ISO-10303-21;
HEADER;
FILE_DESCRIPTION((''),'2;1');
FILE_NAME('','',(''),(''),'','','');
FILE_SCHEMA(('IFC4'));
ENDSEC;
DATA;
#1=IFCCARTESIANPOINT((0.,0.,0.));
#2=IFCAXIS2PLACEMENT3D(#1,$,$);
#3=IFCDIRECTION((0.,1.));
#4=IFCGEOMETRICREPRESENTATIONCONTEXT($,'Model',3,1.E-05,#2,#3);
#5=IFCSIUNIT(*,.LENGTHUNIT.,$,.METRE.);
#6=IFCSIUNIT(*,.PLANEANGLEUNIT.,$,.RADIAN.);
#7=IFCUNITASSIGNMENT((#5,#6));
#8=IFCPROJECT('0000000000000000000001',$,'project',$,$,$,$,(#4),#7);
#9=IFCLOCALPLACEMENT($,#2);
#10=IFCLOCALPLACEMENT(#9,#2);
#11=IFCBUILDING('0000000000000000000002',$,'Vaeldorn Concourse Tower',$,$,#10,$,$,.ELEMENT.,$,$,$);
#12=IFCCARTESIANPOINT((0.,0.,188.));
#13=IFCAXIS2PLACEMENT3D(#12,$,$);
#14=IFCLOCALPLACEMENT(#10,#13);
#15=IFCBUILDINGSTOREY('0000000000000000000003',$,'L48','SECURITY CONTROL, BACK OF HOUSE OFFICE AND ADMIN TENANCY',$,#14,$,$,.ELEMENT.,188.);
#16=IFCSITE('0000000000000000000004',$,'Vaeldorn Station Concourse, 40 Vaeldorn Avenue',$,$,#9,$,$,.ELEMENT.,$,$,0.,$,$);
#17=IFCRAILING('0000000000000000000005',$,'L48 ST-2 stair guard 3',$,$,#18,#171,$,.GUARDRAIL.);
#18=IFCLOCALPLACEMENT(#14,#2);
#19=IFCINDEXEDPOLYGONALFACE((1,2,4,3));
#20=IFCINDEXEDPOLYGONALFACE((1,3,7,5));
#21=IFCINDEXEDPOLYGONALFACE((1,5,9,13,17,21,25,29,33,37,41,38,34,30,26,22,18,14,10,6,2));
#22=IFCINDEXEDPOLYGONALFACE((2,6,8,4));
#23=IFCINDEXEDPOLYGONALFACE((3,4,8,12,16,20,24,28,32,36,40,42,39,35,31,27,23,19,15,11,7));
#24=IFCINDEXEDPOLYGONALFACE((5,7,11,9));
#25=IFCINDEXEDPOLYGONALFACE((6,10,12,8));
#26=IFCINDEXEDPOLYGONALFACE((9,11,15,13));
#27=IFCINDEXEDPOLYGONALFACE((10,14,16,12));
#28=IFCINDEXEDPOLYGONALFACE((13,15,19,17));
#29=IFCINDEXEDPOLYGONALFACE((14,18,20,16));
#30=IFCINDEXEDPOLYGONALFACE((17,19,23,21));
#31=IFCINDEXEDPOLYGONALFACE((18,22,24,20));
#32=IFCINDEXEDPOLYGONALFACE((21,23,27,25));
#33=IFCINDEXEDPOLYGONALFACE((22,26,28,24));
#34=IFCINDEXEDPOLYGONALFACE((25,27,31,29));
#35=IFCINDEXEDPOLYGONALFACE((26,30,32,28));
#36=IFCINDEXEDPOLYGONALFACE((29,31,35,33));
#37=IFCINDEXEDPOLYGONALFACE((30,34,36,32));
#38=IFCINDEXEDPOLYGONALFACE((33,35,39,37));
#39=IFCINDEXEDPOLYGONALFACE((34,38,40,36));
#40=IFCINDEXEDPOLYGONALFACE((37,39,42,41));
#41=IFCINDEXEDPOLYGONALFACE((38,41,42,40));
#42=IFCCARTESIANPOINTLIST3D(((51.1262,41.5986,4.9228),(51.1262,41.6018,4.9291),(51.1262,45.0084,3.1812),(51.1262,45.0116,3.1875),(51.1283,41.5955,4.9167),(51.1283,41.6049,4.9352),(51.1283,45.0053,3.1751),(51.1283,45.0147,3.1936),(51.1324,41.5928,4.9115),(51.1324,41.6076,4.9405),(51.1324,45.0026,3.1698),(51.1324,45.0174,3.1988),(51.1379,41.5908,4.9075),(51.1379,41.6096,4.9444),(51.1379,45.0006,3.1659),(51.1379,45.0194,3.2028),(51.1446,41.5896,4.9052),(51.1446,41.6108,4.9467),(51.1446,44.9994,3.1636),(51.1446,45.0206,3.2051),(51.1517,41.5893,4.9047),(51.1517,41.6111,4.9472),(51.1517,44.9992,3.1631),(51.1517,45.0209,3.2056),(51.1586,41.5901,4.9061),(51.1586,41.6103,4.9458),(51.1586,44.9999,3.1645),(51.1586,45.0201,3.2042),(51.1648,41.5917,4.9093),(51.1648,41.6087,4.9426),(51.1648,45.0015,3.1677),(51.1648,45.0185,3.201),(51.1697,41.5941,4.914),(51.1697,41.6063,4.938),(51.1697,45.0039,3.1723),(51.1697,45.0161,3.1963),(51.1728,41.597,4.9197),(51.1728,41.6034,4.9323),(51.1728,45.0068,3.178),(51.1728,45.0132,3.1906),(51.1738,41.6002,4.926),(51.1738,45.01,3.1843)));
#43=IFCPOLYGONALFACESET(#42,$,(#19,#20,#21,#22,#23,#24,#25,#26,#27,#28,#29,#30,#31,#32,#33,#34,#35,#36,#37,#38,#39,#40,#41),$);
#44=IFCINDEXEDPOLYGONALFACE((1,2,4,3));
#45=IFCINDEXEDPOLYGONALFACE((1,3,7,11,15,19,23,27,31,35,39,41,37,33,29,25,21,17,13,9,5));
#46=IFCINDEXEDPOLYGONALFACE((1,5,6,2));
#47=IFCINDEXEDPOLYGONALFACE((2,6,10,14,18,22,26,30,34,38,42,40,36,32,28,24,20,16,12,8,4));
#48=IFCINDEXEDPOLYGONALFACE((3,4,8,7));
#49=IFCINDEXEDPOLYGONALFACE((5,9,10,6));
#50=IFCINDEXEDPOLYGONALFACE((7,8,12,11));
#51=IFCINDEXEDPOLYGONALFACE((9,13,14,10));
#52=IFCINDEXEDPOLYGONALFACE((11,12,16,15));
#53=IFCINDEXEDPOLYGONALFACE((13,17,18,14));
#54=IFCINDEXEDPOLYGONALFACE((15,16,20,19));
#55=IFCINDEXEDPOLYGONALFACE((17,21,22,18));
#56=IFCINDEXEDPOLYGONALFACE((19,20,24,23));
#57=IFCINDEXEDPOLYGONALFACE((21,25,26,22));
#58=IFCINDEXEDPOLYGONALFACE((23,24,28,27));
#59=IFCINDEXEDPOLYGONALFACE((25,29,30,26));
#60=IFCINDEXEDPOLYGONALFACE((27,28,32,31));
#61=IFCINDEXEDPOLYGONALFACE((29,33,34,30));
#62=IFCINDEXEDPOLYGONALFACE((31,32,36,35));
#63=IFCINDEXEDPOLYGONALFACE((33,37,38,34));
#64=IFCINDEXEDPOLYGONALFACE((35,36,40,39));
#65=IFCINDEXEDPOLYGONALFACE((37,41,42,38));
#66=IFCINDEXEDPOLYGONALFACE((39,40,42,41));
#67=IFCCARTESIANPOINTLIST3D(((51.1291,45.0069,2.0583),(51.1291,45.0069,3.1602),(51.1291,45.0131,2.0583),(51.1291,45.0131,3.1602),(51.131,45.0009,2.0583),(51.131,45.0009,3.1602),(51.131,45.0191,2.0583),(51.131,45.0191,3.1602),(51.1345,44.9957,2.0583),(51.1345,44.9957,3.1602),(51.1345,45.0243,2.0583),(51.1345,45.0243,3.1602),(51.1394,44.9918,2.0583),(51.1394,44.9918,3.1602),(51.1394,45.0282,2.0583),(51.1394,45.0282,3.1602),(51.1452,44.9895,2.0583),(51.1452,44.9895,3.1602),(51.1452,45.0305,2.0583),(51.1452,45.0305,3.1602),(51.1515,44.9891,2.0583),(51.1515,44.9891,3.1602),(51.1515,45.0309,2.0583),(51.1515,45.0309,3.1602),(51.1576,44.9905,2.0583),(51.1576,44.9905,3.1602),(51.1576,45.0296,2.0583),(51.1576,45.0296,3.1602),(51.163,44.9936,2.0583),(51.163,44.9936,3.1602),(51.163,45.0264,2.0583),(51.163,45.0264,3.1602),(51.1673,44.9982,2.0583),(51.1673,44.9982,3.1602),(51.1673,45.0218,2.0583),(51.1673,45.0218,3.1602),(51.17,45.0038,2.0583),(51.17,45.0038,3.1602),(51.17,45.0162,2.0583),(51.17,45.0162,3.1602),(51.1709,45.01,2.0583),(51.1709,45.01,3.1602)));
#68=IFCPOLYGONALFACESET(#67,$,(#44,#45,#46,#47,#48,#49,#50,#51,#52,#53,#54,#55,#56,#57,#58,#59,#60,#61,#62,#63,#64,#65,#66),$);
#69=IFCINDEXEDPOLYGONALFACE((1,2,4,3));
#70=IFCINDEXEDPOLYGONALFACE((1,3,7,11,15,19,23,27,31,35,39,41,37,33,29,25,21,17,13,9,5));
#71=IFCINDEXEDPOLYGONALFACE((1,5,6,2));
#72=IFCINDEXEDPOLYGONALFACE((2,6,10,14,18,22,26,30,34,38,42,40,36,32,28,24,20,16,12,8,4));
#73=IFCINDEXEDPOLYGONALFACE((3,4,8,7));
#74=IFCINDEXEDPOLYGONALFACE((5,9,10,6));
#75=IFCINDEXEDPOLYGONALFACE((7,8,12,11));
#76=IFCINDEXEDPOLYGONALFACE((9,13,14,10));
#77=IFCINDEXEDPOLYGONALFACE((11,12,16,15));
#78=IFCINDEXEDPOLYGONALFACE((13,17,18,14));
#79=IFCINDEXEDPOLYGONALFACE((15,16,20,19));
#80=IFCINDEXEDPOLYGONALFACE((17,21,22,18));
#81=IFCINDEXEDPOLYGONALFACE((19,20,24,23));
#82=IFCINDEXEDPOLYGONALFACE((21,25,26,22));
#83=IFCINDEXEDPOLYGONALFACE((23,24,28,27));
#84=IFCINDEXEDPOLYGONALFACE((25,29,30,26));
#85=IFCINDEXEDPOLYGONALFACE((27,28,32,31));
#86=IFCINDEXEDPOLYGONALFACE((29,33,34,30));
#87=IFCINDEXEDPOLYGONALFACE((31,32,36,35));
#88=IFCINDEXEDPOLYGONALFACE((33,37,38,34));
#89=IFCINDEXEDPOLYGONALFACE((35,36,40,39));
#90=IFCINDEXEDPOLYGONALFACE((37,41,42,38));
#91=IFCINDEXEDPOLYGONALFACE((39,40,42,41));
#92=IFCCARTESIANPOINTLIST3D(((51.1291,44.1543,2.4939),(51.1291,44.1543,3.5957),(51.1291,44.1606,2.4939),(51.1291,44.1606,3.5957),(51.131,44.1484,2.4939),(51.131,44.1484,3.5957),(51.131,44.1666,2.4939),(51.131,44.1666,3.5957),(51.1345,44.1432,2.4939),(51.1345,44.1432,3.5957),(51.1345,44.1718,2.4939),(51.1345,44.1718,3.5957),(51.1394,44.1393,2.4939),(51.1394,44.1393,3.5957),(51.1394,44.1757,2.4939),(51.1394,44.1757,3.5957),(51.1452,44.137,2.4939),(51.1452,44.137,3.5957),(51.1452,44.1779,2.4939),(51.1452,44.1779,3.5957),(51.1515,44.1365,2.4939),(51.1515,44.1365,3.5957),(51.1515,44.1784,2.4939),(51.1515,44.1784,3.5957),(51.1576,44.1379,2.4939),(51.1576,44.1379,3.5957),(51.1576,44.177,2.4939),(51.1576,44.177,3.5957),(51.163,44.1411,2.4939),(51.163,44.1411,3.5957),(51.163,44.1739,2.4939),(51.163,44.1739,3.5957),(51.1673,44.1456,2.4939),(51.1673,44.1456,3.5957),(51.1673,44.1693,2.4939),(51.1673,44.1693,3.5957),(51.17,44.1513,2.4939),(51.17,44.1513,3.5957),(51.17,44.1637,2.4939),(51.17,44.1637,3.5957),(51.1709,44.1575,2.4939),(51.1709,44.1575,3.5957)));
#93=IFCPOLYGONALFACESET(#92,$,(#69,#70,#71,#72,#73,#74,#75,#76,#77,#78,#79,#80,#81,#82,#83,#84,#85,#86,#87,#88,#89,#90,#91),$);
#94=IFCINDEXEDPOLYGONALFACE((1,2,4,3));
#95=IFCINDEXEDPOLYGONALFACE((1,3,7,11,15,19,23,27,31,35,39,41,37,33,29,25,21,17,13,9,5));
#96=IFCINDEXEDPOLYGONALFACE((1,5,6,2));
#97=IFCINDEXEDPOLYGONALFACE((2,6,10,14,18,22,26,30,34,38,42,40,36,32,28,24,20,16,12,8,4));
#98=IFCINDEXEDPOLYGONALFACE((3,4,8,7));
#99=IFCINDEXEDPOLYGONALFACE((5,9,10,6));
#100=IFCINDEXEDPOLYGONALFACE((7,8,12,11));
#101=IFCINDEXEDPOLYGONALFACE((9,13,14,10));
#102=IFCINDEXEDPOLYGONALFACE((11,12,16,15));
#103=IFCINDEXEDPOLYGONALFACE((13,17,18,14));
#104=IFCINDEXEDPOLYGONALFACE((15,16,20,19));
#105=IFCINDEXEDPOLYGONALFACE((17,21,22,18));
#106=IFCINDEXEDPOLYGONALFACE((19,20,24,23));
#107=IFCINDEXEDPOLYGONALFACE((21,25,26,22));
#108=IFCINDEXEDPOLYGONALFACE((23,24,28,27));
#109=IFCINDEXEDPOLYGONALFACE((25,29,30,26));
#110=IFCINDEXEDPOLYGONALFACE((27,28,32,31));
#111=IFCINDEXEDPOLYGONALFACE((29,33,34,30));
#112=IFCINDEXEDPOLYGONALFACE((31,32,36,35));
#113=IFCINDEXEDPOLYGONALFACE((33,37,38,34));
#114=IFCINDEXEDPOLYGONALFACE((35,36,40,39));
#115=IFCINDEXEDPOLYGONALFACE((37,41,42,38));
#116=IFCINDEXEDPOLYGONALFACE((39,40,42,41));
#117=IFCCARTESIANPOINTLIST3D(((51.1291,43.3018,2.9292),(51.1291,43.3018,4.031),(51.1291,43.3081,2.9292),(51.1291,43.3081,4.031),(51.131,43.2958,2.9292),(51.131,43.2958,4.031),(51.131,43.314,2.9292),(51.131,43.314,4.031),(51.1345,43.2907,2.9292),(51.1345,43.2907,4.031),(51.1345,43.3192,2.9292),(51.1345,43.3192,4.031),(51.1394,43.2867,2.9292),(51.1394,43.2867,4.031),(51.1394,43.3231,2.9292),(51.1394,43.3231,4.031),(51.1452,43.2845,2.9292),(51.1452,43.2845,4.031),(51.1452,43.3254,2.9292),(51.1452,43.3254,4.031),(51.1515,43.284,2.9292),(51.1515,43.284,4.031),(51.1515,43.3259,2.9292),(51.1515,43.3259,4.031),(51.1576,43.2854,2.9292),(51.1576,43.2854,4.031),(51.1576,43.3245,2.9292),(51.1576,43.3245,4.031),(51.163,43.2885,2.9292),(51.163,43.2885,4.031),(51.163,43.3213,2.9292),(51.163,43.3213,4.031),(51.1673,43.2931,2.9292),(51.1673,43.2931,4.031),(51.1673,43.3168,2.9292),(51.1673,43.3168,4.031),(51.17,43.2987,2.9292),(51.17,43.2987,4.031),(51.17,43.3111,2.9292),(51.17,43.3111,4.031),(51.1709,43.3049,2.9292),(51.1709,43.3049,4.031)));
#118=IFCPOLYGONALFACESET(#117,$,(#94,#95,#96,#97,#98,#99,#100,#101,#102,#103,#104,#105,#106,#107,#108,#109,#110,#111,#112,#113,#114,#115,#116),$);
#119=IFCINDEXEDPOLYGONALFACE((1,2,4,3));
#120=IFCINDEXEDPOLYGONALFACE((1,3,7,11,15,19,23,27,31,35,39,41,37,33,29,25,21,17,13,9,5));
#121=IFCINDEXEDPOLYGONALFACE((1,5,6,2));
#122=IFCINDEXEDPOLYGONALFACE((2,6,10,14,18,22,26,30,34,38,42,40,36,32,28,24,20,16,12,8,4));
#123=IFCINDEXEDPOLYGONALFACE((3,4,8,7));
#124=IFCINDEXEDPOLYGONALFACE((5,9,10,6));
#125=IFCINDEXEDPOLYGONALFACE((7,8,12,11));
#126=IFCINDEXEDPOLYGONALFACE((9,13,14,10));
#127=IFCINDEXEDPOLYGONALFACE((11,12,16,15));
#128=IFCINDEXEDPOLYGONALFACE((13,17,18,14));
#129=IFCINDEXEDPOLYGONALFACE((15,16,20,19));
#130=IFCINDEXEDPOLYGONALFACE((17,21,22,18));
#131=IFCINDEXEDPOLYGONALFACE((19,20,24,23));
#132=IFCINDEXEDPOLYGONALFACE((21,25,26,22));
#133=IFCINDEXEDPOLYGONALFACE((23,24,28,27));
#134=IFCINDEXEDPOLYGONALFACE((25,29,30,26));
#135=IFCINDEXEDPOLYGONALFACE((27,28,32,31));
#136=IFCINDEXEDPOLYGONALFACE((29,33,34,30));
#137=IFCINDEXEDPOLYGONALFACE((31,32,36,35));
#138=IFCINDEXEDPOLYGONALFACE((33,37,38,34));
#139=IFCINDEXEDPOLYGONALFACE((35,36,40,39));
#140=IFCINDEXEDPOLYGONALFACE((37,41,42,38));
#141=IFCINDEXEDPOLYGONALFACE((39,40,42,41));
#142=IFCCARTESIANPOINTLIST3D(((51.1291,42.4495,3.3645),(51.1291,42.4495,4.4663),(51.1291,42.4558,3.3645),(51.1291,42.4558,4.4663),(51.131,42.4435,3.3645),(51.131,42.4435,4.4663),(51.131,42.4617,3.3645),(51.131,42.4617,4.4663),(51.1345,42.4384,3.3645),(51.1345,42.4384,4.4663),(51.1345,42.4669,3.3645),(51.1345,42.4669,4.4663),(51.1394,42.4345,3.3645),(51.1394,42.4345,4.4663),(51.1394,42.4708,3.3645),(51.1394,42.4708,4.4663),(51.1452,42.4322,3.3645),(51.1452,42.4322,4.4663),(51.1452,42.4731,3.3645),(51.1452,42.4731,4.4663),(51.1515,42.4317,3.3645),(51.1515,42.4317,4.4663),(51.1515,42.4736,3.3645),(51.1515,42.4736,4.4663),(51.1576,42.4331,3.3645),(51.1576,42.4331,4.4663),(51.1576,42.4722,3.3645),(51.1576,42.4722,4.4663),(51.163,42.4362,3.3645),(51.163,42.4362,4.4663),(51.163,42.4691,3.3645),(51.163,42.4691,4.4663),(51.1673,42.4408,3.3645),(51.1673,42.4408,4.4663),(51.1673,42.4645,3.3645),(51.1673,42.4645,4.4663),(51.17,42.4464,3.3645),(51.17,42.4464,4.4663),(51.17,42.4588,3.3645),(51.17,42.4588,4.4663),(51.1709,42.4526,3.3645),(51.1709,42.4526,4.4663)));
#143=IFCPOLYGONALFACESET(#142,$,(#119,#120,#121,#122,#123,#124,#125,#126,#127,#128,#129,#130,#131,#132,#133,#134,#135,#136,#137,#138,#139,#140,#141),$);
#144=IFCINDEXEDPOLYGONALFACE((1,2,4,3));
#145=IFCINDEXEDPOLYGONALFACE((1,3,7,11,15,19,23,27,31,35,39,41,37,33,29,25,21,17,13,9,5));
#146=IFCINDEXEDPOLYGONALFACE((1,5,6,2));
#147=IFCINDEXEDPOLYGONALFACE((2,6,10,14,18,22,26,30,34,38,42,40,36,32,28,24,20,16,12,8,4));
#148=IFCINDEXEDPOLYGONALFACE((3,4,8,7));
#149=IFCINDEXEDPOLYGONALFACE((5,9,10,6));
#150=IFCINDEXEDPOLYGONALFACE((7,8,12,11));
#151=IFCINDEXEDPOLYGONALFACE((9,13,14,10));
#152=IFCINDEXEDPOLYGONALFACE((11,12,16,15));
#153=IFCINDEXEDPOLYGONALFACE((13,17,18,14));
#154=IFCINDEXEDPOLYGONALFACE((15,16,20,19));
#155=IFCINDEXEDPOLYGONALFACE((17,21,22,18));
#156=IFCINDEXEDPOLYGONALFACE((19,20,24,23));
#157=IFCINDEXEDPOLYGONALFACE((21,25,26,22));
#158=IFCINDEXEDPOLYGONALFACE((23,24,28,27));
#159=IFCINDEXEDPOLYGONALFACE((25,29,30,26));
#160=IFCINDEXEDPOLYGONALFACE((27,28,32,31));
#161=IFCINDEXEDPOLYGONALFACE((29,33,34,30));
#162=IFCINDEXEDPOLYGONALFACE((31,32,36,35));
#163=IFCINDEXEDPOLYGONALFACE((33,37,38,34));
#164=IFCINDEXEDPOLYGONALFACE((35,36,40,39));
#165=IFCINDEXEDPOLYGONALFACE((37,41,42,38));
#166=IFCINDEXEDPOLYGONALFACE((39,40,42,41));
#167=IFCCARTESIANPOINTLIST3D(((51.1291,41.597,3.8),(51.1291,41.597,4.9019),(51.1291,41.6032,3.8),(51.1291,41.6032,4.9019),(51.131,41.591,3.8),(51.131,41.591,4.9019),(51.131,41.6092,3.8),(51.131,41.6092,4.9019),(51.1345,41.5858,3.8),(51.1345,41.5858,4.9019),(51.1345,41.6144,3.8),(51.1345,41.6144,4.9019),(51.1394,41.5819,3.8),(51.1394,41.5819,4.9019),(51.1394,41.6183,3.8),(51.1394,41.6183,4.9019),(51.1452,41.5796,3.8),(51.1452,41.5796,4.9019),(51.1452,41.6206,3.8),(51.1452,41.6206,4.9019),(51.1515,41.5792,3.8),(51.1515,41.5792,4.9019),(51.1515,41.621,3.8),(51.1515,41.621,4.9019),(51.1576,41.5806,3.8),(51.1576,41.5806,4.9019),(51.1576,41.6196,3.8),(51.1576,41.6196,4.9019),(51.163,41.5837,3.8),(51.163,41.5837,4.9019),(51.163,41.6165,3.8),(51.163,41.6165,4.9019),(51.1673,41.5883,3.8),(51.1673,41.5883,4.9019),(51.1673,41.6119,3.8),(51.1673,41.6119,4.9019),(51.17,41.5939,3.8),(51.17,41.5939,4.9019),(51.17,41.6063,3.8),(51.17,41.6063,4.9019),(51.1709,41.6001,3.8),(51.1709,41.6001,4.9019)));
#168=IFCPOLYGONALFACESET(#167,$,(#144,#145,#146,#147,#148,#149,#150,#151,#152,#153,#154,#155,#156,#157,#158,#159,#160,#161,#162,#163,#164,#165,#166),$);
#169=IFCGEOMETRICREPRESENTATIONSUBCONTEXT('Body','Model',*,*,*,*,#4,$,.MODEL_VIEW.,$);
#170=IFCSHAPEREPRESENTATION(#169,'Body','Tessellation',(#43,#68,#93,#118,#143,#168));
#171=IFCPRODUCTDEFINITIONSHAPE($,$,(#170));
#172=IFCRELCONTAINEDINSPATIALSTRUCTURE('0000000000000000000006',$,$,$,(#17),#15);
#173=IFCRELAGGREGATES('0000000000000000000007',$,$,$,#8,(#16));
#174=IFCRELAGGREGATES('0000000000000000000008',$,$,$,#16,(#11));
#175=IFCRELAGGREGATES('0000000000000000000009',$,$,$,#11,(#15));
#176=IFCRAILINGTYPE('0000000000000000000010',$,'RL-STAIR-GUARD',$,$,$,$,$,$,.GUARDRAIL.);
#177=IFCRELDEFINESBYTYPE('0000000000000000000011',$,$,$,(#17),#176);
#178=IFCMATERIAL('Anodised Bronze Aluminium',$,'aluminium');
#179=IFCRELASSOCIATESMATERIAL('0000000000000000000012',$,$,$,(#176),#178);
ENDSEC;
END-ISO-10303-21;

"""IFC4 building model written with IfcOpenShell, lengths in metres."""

from ifc_helpers import new_model, si_unit, direction, frame, origin, origin_2d, place, context, subcontext, project, spatial, circle, extrude, material, type_object, element, save


model = new_model("IFC4")

# Units and contexts
model_context = context("Model", 3, precision=1e-05, world=origin(), true_north=direction((0.0, 1.0)))
body_context = subcontext(model_context, "Body", "Model", "MODEL_VIEW")
ifc_project = project(units=[si_unit("LENGTHUNIT", "METRE"), si_unit("PLANEANGLEUNIT", "RADIAN")], contexts=[model_context])

# Site, building, storey
site_placement = place(None, origin())
site = spatial("IfcSite", under=ifc_project, at=site_placement, Name="Vaeldorn Station Concourse, 40 Vaeldorn Avenue", CompositionType="ELEMENT", RefElevation=0.0)
building_placement = place(site_placement, origin())
building = spatial("IfcBuilding", under=site, at=building_placement, Name="Vaeldorn Concourse Tower", CompositionType="ELEMENT")
storey_placement = place(building_placement, frame((0.0, 0.0, 188.0)))
storey = spatial("IfcBuildingStorey", under=building, at=storey_placement, Name="L48", Description="SECURITY CONTROL, BACK OF HOUSE OFFICE AND ADMIN TENANCY", CompositionType="ELEMENT", Elevation=188.0)

# Shared definitions
ifc_material_1 = material(Name="Anodised Bronze Aluminium", Category="aluminium")

# Railing
railing_type_1 = type_object("IfcRailingType", Name="RL-STAIR-GUARD", PredefinedType="GUARDRAIL", material=ifc_material_1)
railing_1_placement = place(storey_placement, frame((51.1499, 45.01, 2.0583)))
element("IfcRailing", 1, at=railing_1_placement, inside=storey, type_object=railing_type_1, Name="L48 ST-2 stair guard 3", PredefinedType="GUARDRAIL", context=body_context, shape_type="SweptSolid", body=[
    extrude(circle(Radius=0.0239, at=origin_2d()), frame((0.0, 0.0, 1.126), z_axis=(0.0, -0.890556, 0.454874), x_axis=(1.0, 0.0, 0.0)), (0.0, 0.0, 1.0), 3.8289),
    extrude(circle(Radius=0.021, at=origin_2d()), origin(), (0.0, 0.0, 1.0), 1.1018),
    extrude(circle(Radius=0.021, at=origin_2d()), frame((0.0, -0.8525, 0.4355)), (0.0, 0.0, 1.0), 1.1018),
    extrude(circle(Radius=0.021, at=origin_2d()), frame((0.0, -1.7051, 0.8708)), (0.0, 0.0, 1.0), 1.1018),
    extrude(circle(Radius=0.021, at=origin_2d()), frame((0.0, -2.5574, 1.3062)), (0.0, 0.0, 1.0), 1.1018),
    extrude(circle(Radius=0.021, at=origin_2d()), frame((0.0, -3.4099, 1.7417)), (0.0, 0.0, 1.0), 1.1018),
])

save(model, "model.ifc")
